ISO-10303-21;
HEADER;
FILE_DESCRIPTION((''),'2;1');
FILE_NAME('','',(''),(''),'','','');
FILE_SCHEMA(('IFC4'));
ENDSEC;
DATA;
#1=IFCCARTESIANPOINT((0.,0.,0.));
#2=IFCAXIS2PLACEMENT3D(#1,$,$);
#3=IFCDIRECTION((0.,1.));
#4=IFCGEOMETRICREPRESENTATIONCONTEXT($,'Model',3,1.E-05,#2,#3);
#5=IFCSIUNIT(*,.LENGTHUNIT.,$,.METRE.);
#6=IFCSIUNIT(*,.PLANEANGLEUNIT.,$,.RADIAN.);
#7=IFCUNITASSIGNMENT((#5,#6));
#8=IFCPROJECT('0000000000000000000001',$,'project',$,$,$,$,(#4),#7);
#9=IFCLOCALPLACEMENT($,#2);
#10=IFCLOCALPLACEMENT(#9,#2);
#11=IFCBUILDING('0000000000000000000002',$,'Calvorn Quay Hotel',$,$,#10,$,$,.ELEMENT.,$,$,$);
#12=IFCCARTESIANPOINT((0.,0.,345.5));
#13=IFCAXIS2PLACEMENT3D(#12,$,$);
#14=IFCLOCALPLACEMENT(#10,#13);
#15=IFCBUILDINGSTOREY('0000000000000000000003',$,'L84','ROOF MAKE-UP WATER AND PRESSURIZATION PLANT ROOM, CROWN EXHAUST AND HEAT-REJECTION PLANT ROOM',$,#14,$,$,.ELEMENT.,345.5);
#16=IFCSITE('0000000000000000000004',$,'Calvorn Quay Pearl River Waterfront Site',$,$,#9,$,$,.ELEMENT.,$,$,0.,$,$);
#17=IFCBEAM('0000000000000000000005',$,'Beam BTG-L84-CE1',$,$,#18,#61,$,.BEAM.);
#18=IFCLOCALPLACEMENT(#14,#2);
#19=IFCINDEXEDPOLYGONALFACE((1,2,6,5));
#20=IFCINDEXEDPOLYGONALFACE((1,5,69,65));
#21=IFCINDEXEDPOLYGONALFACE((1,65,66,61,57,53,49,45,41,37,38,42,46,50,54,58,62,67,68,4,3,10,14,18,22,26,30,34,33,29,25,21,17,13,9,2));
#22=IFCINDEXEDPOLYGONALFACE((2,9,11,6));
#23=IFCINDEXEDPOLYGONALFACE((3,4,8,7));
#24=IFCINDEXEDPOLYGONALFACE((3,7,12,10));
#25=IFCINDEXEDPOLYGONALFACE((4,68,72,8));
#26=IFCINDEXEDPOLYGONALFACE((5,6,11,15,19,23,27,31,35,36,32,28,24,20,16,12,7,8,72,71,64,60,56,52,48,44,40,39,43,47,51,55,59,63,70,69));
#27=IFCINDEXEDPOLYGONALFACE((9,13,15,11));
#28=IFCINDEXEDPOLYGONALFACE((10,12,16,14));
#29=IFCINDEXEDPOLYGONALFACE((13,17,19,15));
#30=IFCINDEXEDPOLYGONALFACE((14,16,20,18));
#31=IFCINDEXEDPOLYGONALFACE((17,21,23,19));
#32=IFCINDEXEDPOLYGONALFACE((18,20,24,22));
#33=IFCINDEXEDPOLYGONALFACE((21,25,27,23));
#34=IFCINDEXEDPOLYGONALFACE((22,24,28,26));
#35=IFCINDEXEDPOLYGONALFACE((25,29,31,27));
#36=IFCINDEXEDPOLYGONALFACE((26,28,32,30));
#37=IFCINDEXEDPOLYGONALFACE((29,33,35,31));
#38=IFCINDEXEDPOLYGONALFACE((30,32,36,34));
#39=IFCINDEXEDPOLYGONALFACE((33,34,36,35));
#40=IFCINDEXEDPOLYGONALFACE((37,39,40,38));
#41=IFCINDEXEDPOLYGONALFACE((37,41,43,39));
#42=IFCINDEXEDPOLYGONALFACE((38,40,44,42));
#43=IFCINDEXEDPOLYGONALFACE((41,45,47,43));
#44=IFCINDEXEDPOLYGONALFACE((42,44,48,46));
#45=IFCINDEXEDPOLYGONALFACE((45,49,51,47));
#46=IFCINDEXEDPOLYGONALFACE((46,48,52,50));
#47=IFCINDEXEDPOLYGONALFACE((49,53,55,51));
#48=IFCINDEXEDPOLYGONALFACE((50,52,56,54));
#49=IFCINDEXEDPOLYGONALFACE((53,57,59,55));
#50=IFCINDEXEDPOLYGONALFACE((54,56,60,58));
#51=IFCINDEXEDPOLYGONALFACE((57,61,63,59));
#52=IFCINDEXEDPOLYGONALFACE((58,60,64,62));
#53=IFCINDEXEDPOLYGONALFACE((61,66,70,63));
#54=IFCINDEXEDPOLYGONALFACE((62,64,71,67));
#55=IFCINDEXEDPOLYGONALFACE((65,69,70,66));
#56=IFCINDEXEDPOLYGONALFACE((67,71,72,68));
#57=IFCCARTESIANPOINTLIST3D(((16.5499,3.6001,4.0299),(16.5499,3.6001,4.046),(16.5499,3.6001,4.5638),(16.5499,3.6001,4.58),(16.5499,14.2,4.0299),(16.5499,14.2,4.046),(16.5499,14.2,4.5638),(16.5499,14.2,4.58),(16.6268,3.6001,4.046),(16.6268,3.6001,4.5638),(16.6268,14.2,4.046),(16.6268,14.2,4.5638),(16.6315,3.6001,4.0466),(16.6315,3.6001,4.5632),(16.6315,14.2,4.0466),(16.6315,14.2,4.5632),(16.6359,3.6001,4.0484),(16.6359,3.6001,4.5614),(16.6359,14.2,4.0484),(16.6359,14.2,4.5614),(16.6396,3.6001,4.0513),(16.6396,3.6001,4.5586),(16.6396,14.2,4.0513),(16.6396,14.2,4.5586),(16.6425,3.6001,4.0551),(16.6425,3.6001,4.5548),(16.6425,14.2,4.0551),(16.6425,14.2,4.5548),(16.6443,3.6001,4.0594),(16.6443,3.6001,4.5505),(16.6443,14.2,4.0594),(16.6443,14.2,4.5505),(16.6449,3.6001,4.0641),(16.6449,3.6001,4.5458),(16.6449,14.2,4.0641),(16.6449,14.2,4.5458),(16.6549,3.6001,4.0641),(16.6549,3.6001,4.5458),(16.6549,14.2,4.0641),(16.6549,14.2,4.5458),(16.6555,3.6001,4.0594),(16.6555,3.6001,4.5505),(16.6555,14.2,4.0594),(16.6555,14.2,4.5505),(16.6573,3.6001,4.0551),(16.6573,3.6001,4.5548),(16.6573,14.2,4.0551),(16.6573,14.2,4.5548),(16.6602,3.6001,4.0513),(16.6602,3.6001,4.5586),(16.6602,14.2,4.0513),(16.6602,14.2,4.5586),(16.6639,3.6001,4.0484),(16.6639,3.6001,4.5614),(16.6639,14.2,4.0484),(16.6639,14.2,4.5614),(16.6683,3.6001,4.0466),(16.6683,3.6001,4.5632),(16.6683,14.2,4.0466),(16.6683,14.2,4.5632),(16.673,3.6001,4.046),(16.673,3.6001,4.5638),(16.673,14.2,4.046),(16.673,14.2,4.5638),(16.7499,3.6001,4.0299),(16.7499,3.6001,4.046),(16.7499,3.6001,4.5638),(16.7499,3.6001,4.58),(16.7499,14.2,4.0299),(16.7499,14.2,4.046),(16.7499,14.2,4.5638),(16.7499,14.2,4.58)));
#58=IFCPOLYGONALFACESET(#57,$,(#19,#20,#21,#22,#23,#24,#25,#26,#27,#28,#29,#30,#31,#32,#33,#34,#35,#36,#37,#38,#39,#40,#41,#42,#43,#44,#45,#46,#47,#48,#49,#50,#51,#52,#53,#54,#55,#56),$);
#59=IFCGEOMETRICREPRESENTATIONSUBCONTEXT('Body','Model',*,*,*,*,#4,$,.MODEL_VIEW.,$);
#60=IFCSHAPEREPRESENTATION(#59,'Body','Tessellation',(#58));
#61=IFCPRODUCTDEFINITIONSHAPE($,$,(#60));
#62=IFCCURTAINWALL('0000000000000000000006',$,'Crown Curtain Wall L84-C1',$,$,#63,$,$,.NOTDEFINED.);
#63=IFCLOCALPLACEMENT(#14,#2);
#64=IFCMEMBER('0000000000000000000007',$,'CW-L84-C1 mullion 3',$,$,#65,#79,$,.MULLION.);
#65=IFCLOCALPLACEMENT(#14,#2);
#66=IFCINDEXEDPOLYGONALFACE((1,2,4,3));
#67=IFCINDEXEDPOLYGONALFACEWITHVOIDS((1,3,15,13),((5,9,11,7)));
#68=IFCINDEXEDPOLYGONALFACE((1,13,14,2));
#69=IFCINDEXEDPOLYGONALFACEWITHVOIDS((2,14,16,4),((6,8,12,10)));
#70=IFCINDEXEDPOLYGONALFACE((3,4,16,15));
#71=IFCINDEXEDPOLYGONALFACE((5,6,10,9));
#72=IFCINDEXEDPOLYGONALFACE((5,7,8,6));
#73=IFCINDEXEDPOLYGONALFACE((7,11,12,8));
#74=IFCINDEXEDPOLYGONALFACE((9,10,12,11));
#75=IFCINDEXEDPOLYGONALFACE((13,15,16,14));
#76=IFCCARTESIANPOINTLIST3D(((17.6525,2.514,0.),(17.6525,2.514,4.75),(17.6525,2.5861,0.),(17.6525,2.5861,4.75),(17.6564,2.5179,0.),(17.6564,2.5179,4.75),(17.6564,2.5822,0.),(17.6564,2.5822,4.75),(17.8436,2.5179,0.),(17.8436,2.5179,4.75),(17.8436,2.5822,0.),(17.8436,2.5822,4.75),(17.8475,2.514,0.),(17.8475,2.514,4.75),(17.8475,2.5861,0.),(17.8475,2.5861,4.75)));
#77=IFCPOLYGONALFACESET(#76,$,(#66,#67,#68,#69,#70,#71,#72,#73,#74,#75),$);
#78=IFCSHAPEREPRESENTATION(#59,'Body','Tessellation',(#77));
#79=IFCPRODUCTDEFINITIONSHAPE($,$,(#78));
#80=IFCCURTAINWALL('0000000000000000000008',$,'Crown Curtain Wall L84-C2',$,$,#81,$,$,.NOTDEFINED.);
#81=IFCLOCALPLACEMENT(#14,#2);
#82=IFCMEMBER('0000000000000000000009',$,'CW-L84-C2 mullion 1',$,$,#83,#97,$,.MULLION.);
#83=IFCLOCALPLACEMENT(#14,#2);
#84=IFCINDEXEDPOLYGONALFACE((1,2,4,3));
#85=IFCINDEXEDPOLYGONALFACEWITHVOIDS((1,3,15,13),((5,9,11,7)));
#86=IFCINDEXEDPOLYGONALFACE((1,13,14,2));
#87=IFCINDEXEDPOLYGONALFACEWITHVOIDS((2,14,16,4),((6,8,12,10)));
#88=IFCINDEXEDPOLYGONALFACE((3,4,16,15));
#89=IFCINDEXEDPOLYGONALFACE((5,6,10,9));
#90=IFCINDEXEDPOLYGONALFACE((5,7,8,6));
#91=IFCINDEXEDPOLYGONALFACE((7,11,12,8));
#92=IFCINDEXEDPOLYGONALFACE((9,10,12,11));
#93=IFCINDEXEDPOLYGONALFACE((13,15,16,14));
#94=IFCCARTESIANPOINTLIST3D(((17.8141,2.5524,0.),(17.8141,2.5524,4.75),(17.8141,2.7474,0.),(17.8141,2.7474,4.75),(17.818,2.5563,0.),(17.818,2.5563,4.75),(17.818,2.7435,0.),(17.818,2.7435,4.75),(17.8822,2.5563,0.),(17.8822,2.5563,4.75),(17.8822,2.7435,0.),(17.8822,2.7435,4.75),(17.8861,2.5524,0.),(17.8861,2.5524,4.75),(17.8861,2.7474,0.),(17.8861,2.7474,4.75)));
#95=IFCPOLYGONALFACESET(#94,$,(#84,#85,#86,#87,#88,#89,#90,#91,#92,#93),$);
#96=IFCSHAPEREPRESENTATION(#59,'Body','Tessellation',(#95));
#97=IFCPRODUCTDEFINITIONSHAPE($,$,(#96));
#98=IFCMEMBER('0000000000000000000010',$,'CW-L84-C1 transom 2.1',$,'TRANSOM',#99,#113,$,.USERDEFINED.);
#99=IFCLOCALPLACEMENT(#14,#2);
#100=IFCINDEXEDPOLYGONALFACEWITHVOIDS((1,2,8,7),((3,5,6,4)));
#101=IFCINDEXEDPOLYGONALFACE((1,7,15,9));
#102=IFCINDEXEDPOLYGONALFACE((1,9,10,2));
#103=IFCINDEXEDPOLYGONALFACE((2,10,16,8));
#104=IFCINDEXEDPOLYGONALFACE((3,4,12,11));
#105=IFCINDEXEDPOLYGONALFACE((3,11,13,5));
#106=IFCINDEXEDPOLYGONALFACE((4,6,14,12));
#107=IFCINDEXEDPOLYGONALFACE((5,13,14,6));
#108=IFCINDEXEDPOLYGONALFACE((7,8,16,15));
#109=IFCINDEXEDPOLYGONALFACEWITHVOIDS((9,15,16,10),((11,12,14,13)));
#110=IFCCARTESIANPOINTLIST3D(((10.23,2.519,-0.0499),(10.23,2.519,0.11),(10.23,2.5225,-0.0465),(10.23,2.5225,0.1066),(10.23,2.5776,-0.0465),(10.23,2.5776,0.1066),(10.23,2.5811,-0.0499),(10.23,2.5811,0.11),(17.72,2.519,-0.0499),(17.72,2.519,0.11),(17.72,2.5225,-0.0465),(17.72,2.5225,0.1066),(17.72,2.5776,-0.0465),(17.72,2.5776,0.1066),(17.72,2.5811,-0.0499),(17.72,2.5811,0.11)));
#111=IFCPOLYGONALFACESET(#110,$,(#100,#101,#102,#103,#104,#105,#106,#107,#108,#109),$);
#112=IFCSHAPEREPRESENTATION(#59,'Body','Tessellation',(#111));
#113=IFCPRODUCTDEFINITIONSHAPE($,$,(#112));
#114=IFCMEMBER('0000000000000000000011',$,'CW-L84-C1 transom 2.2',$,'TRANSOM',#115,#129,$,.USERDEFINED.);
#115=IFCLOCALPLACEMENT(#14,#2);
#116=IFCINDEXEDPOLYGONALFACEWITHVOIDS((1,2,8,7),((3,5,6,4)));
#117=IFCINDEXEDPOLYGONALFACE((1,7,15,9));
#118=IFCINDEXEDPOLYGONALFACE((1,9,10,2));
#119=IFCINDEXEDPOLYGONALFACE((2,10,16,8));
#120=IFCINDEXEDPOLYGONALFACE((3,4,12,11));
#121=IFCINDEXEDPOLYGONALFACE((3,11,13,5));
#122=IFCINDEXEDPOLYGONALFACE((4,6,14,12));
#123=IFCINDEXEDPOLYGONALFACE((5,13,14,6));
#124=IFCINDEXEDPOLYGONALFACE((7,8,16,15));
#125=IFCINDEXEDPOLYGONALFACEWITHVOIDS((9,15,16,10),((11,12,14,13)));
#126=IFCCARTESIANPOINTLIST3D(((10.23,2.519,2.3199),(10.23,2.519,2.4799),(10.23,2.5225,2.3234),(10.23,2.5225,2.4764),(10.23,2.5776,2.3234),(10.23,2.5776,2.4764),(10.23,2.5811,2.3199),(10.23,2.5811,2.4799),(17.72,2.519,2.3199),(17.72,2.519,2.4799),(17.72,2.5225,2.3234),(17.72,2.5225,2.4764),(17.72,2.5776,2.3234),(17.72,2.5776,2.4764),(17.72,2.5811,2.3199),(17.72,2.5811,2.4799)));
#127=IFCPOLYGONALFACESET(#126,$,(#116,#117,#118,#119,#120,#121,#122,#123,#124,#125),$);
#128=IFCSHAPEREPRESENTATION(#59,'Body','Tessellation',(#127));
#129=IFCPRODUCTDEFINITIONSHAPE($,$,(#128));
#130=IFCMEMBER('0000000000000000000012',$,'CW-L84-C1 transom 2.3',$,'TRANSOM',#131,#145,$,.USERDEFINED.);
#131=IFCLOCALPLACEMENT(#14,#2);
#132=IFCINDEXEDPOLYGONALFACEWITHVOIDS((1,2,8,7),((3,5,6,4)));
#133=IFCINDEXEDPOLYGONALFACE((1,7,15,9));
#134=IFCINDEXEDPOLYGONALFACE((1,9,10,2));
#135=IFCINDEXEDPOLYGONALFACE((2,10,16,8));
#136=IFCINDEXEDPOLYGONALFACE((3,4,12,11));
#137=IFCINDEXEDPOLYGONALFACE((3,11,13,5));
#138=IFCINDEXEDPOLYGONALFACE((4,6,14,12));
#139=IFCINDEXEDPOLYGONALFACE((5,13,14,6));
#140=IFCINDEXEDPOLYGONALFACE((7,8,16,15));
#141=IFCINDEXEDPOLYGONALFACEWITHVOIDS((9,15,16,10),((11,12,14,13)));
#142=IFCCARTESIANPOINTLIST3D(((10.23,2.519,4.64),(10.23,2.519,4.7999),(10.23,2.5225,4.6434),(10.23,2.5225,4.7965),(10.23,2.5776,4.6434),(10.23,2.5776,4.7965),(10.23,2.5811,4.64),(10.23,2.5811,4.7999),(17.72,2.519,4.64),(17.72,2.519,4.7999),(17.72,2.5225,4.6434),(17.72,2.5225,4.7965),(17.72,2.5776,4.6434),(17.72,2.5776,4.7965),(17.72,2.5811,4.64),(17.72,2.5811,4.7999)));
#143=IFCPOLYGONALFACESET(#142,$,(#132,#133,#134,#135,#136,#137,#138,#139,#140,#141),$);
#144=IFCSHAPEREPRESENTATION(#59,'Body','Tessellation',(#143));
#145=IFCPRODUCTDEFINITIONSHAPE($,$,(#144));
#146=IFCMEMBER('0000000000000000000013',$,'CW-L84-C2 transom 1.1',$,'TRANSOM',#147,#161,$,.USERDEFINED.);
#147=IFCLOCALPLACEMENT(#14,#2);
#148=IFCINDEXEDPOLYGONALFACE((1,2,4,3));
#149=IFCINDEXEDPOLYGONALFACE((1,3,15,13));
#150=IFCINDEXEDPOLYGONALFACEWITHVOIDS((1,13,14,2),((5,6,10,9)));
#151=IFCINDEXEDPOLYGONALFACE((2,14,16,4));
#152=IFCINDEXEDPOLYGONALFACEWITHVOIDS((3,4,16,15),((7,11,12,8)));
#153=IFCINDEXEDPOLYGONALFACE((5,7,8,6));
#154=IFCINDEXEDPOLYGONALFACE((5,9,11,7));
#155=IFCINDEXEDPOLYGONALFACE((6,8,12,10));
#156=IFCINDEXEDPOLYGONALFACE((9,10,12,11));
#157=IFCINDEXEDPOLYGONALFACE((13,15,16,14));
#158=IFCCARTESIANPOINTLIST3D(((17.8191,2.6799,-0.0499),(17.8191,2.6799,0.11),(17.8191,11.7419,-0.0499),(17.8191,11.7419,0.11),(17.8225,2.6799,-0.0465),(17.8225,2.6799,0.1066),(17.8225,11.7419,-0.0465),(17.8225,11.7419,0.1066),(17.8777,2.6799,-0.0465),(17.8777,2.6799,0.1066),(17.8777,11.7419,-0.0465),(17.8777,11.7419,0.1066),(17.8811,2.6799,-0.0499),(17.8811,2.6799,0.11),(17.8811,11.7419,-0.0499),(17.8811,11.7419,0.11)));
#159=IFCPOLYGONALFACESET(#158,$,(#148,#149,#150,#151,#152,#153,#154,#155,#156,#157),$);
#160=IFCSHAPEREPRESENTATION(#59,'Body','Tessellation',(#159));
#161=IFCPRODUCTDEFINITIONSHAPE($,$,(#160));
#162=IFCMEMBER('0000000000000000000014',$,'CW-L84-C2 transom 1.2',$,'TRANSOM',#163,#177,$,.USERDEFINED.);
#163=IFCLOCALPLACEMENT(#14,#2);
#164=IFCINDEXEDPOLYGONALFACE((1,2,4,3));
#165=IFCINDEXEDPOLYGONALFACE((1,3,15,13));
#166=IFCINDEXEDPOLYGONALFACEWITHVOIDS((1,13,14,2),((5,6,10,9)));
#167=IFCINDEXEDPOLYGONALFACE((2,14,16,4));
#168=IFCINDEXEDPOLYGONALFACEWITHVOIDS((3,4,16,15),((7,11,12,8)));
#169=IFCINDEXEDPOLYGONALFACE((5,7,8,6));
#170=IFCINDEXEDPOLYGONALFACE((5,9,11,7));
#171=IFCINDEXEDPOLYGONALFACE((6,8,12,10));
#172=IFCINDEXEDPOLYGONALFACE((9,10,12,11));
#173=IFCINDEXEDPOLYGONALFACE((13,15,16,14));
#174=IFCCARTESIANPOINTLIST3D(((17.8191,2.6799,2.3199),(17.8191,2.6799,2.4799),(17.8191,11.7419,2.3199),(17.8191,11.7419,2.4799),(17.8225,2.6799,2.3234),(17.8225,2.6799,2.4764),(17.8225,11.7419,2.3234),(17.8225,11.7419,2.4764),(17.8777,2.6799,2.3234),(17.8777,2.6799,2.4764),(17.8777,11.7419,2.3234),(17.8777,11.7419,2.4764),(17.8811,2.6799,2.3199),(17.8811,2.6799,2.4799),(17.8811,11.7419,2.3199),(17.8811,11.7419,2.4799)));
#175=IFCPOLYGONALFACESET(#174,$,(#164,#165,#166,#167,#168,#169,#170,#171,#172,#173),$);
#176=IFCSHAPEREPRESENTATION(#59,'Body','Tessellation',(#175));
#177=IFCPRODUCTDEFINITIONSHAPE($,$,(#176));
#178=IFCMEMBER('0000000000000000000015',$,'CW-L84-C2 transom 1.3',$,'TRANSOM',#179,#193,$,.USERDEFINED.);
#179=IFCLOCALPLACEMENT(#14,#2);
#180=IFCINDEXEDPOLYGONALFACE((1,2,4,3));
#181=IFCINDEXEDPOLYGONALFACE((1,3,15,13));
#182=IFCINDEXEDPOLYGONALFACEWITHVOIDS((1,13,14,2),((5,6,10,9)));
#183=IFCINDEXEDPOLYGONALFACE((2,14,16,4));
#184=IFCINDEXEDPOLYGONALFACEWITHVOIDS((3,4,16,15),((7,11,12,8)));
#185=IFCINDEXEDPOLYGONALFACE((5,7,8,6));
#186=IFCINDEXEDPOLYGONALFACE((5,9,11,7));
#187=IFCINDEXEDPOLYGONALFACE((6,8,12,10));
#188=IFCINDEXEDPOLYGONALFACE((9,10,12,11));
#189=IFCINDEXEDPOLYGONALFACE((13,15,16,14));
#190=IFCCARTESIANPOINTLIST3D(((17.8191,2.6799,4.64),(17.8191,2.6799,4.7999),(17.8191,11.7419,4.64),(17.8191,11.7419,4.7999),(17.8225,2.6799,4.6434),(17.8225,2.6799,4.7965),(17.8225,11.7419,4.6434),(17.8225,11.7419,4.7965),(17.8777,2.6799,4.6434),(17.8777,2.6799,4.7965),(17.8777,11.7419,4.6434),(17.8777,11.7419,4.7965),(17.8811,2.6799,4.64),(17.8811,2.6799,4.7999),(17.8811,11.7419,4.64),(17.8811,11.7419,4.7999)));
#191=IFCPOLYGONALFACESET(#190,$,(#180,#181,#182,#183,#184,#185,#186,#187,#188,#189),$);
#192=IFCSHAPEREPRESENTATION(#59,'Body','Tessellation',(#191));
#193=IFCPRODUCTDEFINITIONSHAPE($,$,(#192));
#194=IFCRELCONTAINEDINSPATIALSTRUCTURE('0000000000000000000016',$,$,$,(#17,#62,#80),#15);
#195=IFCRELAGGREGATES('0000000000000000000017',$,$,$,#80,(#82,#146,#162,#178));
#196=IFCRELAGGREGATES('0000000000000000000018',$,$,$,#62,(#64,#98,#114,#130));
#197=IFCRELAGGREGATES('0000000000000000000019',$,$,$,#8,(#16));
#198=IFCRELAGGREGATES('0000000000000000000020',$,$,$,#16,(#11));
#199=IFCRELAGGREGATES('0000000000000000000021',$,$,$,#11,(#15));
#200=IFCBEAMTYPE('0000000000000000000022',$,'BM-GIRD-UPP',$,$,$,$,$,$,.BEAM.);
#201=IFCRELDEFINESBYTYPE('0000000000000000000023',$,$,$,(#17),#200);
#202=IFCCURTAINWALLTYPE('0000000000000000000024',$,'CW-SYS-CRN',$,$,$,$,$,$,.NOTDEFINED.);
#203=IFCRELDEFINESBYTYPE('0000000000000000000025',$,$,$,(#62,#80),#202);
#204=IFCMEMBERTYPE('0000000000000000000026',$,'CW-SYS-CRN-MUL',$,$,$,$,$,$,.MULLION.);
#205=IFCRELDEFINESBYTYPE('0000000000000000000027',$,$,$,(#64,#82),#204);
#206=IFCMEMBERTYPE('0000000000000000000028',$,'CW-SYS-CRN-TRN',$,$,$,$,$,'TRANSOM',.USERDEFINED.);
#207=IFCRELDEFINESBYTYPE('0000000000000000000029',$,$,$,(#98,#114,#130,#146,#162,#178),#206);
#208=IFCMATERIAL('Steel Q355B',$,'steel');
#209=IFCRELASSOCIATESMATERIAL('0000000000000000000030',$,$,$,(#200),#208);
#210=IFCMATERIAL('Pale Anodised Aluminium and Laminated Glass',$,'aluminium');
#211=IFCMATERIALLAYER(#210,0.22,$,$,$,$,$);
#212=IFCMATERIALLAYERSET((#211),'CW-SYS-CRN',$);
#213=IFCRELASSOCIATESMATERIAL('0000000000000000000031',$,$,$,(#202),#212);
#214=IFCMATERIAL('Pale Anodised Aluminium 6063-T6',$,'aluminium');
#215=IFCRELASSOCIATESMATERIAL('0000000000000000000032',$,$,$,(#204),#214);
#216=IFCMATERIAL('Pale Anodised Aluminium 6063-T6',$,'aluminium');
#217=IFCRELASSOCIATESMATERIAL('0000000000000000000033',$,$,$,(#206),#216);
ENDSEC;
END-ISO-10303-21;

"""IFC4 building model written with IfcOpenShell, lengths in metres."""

from ifc_helpers import new_model, si_unit, direction, frame, origin, origin_2d, place, context, subcontext, project, spatial, hollow_rectangle, i_section, extrude, material, layer, layer_set, material_profile, profile_set, type_object, element, aggregate, save


model = new_model("IFC4")

# Units and contexts
model_context = context("Model", 3, precision=1e-05, world=origin(), true_north=direction((0.0, 1.0)))
body_context = subcontext(model_context, "Body", "Model", "MODEL_VIEW")
ifc_project = project(units=[si_unit("LENGTHUNIT", "METRE"), si_unit("PLANEANGLEUNIT", "RADIAN")], contexts=[model_context])

# Site, building, storey
site_placement = place(None, origin())
site = spatial("IfcSite", under=ifc_project, at=site_placement, Name="Calvorn Quay Pearl River Waterfront Site", CompositionType="ELEMENT", RefElevation=0.0)
building_placement = place(site_placement, origin())
building = spatial("IfcBuilding", under=site, at=building_placement, Name="Calvorn Quay Hotel", CompositionType="ELEMENT")
storey_placement = place(building_placement, frame((0.0, 0.0, 345.5)))
storey = spatial("IfcBuildingStorey", under=building, at=storey_placement, Name="L84", Description="ROOF MAKE-UP WATER AND PRESSURIZATION PLANT ROOM, CROWN EXHAUST AND HEAT-REJECTION PLANT ROOM", CompositionType="ELEMENT", Elevation=345.5)

# Beam
ifc_material_1 = material(Name="Steel Q355B", Category="steel")
ifc_material_profile_1 = material_profile(ifc_material_1, i_section(OverallWidth=0.2, OverallDepth=0.55, WebThickness=0.01, FlangeThickness=0.0161, FilletRadius=0.0181, at=origin_2d()), Name="HN550x200x10x16")
ifc_profile_set_1 = profile_set([ifc_material_profile_1], Name="Steel Q355B")
beam_type_1 = type_object("IfcBeamType", Name="BM-GIRD-UPP", PredefinedType="BEAM", material=ifc_profile_set_1)
beam_1_placement = place(storey_placement, frame((16.6499, 3.6001, 4.3049), z_axis=(0.0, 1.0, 0.0), x_axis=(-1.0, 0.0, 0.0)))
element("IfcBeam", 1, at=beam_1_placement, inside=storey, type_object=beam_type_1, Name="Beam BTG-L84-CE1", PredefinedType="BEAM", context=body_context, shape_type="SweptSolid", body=[
    extrude(i_section(OverallWidth=0.2, OverallDepth=0.55, WebThickness=0.01, FlangeThickness=0.0161, FilletRadius=0.0181, at=origin_2d()), origin(), (0.0, 0.0, 1.0), 10.5999),
])

# Curtain walls, members
ifc_material_2 = material(Name="Pale Anodised Aluminium and Laminated Glass", Category="aluminium")
ifc_layer_1 = layer(ifc_material_2, 0.22)
ifc_layer_set_1 = layer_set([ifc_layer_1], Name="CW-SYS-CRN")
curtain_wall_type = type_object("IfcCurtainWallType", Name="CW-SYS-CRN", PredefinedType="NOTDEFINED", material=ifc_layer_set_1)
curtain_wall_1_placement = place(storey_placement, origin())
curtain_wall_1 = element("IfcCurtainWall", 2, at=curtain_wall_1_placement, inside=storey, type_object=curtain_wall_type, Name="Crown Curtain Wall L84-C1", PredefinedType="NOTDEFINED")
ifc_material_3 = material(Name="Pale Anodised Aluminium 6063-T6", Category="aluminium")
ifc_material_profile_2 = material_profile(ifc_material_3, hollow_rectangle(XDim=0.072, YDim=0.1951, WallThickness=0.0039, at=origin_2d()), Name="ALU-M195x72x4")
ifc_profile_set_2 = profile_set([ifc_material_profile_2], Name="Pale Anodised Aluminium 6063-T6")
member_type_1 = type_object("IfcMemberType", Name="CW-SYS-CRN-MUL", PredefinedType="MULLION", material=ifc_profile_set_2)
member_1_placement = place(storey_placement, frame((17.75, 2.55, 0.0), z_axis=(0.0, 0.0, 1.0), x_axis=(0.0, 1.0, 0.0)))
member_1 = element("IfcMember", 3, at=member_1_placement, type_object=member_type_1, Name="CW-L84-C1 mullion 3", PredefinedType="MULLION", context=body_context, shape_type="SweptSolid", body=[
    extrude(hollow_rectangle(XDim=0.072, YDim=0.1951, WallThickness=0.0039, at=origin_2d()), origin(), (0.0, 0.0, 1.0), 4.75),
])
curtain_wall_2_placement = place(storey_placement, origin())
curtain_wall_2 = element("IfcCurtainWall", 4, at=curtain_wall_2_placement, inside=storey, type_object=curtain_wall_type, Name="Crown Curtain Wall L84-C2", PredefinedType="NOTDEFINED")
member_2_placement = place(storey_placement, frame((17.8501, 2.6499, 0.0), z_axis=(0.0, 0.0, 1.0), x_axis=(-1.0, 0.0, 0.0)))
member_2 = element("IfcMember", 5, at=member_2_placement, type_object=member_type_1, Name="CW-L84-C2 mullion 1", PredefinedType="MULLION", context=body_context, shape_type="SweptSolid", body=[
    extrude(hollow_rectangle(XDim=0.072, YDim=0.1951, WallThickness=0.0039, at=origin_2d()), origin(), (0.0, 0.0, 1.0), 4.75),
])

# Members
ifc_material_4 = material(Name="Pale Anodised Aluminium 6063-T6", Category="aluminium")
ifc_material_profile_3 = material_profile(ifc_material_4, hollow_rectangle(XDim=0.062, YDim=0.1599, WallThickness=0.0034, at=origin_2d()), Name="ALU-T160x62x3.5")
ifc_profile_set_3 = profile_set([ifc_material_profile_3], Name="Pale Anodised Aluminium 6063-T6")
member_type_2 = type_object("IfcMemberType", Name="CW-SYS-CRN-TRN", ElementType="TRANSOM", PredefinedType="USERDEFINED", material=ifc_profile_set_3)
member_3_placement = place(storey_placement, frame((10.23, 2.55, 0.03), z_axis=(1.0, 0.0, 0.0), x_axis=(0.0, 1.0, 0.0)))
member_3 = element("IfcMember", 6, at=member_3_placement, type_object=member_type_2, Name="CW-L84-C1 transom 2.1", ObjectType="TRANSOM", PredefinedType="USERDEFINED", context=body_context, shape_type="SweptSolid", body=[
    extrude(hollow_rectangle(XDim=0.062, YDim=0.1599, WallThickness=0.0034, at=origin_2d()), origin(), (0.0, 0.0, 1.0), 7.49),
])
member_4_placement = place(storey_placement, frame((10.23, 2.55, 2.3999), z_axis=(1.0, 0.0, 0.0), x_axis=(0.0, 1.0, 0.0)))
member_4 = element("IfcMember", 7, at=member_4_placement, type_object=member_type_2, Name="CW-L84-C1 transom 2.2", ObjectType="TRANSOM", PredefinedType="USERDEFINED", context=body_context, shape_type="SweptSolid", body=[
    extrude(hollow_rectangle(XDim=0.062, YDim=0.1599, WallThickness=0.0034, at=origin_2d()), origin(), (0.0, 0.0, 1.0), 7.49),
])
member_5_placement = place(storey_placement, frame((10.23, 2.55, 4.72), z_axis=(1.0, 0.0, 0.0), x_axis=(0.0, 1.0, 0.0)))
member_5 = element("IfcMember", 8, at=member_5_placement, type_object=member_type_2, Name="CW-L84-C1 transom 2.3", ObjectType="TRANSOM", PredefinedType="USERDEFINED", context=body_context, shape_type="SweptSolid", body=[
    extrude(hollow_rectangle(XDim=0.062, YDim=0.1599, WallThickness=0.0034, at=origin_2d()), origin(), (0.0, 0.0, 1.0), 7.49),
])
member_6_placement = place(storey_placement, frame((17.8501, 2.6799, 0.03), z_axis=(0.0, 1.0, 0.0), x_axis=(-1.0, 0.0, 0.0)))
member_6 = element("IfcMember", 9, at=member_6_placement, type_object=member_type_2, Name="CW-L84-C2 transom 1.1", ObjectType="TRANSOM", PredefinedType="USERDEFINED", context=body_context, shape_type="SweptSolid", body=[
    extrude(hollow_rectangle(XDim=0.062, YDim=0.1599, WallThickness=0.0034, at=origin_2d()), origin(), (0.0, 0.0, 1.0), 9.062),
])
member_7_placement = place(storey_placement, frame((17.8501, 2.6799, 2.3999), z_axis=(0.0, 1.0, 0.0), x_axis=(-1.0, 0.0, 0.0)))
member_7 = element("IfcMember", 10, at=member_7_placement, type_object=member_type_2, Name="CW-L84-C2 transom 1.2", ObjectType="TRANSOM", PredefinedType="USERDEFINED", context=body_context, shape_type="SweptSolid", body=[
    extrude(hollow_rectangle(XDim=0.062, YDim=0.1599, WallThickness=0.0034, at=origin_2d()), origin(), (0.0, 0.0, 1.0), 9.062),
])
member_8_placement = place(storey_placement, frame((17.8501, 2.6799, 4.72), z_axis=(0.0, 1.0, 0.0), x_axis=(-1.0, 0.0, 0.0)))
member_8 = element("IfcMember", 11, at=member_8_placement, type_object=member_type_2, Name="CW-L84-C2 transom 1.3", ObjectType="TRANSOM", PredefinedType="USERDEFINED", context=body_context, shape_type="SweptSolid", body=[
    extrude(hollow_rectangle(XDim=0.062, YDim=0.1599, WallThickness=0.0034, at=origin_2d()), origin(), (0.0, 0.0, 1.0), 9.062),
])
aggregate(curtain_wall_2, [member_2, member_6, member_7, member_8])

aggregate(curtain_wall_1, [member_1, member_3, member_4, member_5])

save(model, "model.ifc")
